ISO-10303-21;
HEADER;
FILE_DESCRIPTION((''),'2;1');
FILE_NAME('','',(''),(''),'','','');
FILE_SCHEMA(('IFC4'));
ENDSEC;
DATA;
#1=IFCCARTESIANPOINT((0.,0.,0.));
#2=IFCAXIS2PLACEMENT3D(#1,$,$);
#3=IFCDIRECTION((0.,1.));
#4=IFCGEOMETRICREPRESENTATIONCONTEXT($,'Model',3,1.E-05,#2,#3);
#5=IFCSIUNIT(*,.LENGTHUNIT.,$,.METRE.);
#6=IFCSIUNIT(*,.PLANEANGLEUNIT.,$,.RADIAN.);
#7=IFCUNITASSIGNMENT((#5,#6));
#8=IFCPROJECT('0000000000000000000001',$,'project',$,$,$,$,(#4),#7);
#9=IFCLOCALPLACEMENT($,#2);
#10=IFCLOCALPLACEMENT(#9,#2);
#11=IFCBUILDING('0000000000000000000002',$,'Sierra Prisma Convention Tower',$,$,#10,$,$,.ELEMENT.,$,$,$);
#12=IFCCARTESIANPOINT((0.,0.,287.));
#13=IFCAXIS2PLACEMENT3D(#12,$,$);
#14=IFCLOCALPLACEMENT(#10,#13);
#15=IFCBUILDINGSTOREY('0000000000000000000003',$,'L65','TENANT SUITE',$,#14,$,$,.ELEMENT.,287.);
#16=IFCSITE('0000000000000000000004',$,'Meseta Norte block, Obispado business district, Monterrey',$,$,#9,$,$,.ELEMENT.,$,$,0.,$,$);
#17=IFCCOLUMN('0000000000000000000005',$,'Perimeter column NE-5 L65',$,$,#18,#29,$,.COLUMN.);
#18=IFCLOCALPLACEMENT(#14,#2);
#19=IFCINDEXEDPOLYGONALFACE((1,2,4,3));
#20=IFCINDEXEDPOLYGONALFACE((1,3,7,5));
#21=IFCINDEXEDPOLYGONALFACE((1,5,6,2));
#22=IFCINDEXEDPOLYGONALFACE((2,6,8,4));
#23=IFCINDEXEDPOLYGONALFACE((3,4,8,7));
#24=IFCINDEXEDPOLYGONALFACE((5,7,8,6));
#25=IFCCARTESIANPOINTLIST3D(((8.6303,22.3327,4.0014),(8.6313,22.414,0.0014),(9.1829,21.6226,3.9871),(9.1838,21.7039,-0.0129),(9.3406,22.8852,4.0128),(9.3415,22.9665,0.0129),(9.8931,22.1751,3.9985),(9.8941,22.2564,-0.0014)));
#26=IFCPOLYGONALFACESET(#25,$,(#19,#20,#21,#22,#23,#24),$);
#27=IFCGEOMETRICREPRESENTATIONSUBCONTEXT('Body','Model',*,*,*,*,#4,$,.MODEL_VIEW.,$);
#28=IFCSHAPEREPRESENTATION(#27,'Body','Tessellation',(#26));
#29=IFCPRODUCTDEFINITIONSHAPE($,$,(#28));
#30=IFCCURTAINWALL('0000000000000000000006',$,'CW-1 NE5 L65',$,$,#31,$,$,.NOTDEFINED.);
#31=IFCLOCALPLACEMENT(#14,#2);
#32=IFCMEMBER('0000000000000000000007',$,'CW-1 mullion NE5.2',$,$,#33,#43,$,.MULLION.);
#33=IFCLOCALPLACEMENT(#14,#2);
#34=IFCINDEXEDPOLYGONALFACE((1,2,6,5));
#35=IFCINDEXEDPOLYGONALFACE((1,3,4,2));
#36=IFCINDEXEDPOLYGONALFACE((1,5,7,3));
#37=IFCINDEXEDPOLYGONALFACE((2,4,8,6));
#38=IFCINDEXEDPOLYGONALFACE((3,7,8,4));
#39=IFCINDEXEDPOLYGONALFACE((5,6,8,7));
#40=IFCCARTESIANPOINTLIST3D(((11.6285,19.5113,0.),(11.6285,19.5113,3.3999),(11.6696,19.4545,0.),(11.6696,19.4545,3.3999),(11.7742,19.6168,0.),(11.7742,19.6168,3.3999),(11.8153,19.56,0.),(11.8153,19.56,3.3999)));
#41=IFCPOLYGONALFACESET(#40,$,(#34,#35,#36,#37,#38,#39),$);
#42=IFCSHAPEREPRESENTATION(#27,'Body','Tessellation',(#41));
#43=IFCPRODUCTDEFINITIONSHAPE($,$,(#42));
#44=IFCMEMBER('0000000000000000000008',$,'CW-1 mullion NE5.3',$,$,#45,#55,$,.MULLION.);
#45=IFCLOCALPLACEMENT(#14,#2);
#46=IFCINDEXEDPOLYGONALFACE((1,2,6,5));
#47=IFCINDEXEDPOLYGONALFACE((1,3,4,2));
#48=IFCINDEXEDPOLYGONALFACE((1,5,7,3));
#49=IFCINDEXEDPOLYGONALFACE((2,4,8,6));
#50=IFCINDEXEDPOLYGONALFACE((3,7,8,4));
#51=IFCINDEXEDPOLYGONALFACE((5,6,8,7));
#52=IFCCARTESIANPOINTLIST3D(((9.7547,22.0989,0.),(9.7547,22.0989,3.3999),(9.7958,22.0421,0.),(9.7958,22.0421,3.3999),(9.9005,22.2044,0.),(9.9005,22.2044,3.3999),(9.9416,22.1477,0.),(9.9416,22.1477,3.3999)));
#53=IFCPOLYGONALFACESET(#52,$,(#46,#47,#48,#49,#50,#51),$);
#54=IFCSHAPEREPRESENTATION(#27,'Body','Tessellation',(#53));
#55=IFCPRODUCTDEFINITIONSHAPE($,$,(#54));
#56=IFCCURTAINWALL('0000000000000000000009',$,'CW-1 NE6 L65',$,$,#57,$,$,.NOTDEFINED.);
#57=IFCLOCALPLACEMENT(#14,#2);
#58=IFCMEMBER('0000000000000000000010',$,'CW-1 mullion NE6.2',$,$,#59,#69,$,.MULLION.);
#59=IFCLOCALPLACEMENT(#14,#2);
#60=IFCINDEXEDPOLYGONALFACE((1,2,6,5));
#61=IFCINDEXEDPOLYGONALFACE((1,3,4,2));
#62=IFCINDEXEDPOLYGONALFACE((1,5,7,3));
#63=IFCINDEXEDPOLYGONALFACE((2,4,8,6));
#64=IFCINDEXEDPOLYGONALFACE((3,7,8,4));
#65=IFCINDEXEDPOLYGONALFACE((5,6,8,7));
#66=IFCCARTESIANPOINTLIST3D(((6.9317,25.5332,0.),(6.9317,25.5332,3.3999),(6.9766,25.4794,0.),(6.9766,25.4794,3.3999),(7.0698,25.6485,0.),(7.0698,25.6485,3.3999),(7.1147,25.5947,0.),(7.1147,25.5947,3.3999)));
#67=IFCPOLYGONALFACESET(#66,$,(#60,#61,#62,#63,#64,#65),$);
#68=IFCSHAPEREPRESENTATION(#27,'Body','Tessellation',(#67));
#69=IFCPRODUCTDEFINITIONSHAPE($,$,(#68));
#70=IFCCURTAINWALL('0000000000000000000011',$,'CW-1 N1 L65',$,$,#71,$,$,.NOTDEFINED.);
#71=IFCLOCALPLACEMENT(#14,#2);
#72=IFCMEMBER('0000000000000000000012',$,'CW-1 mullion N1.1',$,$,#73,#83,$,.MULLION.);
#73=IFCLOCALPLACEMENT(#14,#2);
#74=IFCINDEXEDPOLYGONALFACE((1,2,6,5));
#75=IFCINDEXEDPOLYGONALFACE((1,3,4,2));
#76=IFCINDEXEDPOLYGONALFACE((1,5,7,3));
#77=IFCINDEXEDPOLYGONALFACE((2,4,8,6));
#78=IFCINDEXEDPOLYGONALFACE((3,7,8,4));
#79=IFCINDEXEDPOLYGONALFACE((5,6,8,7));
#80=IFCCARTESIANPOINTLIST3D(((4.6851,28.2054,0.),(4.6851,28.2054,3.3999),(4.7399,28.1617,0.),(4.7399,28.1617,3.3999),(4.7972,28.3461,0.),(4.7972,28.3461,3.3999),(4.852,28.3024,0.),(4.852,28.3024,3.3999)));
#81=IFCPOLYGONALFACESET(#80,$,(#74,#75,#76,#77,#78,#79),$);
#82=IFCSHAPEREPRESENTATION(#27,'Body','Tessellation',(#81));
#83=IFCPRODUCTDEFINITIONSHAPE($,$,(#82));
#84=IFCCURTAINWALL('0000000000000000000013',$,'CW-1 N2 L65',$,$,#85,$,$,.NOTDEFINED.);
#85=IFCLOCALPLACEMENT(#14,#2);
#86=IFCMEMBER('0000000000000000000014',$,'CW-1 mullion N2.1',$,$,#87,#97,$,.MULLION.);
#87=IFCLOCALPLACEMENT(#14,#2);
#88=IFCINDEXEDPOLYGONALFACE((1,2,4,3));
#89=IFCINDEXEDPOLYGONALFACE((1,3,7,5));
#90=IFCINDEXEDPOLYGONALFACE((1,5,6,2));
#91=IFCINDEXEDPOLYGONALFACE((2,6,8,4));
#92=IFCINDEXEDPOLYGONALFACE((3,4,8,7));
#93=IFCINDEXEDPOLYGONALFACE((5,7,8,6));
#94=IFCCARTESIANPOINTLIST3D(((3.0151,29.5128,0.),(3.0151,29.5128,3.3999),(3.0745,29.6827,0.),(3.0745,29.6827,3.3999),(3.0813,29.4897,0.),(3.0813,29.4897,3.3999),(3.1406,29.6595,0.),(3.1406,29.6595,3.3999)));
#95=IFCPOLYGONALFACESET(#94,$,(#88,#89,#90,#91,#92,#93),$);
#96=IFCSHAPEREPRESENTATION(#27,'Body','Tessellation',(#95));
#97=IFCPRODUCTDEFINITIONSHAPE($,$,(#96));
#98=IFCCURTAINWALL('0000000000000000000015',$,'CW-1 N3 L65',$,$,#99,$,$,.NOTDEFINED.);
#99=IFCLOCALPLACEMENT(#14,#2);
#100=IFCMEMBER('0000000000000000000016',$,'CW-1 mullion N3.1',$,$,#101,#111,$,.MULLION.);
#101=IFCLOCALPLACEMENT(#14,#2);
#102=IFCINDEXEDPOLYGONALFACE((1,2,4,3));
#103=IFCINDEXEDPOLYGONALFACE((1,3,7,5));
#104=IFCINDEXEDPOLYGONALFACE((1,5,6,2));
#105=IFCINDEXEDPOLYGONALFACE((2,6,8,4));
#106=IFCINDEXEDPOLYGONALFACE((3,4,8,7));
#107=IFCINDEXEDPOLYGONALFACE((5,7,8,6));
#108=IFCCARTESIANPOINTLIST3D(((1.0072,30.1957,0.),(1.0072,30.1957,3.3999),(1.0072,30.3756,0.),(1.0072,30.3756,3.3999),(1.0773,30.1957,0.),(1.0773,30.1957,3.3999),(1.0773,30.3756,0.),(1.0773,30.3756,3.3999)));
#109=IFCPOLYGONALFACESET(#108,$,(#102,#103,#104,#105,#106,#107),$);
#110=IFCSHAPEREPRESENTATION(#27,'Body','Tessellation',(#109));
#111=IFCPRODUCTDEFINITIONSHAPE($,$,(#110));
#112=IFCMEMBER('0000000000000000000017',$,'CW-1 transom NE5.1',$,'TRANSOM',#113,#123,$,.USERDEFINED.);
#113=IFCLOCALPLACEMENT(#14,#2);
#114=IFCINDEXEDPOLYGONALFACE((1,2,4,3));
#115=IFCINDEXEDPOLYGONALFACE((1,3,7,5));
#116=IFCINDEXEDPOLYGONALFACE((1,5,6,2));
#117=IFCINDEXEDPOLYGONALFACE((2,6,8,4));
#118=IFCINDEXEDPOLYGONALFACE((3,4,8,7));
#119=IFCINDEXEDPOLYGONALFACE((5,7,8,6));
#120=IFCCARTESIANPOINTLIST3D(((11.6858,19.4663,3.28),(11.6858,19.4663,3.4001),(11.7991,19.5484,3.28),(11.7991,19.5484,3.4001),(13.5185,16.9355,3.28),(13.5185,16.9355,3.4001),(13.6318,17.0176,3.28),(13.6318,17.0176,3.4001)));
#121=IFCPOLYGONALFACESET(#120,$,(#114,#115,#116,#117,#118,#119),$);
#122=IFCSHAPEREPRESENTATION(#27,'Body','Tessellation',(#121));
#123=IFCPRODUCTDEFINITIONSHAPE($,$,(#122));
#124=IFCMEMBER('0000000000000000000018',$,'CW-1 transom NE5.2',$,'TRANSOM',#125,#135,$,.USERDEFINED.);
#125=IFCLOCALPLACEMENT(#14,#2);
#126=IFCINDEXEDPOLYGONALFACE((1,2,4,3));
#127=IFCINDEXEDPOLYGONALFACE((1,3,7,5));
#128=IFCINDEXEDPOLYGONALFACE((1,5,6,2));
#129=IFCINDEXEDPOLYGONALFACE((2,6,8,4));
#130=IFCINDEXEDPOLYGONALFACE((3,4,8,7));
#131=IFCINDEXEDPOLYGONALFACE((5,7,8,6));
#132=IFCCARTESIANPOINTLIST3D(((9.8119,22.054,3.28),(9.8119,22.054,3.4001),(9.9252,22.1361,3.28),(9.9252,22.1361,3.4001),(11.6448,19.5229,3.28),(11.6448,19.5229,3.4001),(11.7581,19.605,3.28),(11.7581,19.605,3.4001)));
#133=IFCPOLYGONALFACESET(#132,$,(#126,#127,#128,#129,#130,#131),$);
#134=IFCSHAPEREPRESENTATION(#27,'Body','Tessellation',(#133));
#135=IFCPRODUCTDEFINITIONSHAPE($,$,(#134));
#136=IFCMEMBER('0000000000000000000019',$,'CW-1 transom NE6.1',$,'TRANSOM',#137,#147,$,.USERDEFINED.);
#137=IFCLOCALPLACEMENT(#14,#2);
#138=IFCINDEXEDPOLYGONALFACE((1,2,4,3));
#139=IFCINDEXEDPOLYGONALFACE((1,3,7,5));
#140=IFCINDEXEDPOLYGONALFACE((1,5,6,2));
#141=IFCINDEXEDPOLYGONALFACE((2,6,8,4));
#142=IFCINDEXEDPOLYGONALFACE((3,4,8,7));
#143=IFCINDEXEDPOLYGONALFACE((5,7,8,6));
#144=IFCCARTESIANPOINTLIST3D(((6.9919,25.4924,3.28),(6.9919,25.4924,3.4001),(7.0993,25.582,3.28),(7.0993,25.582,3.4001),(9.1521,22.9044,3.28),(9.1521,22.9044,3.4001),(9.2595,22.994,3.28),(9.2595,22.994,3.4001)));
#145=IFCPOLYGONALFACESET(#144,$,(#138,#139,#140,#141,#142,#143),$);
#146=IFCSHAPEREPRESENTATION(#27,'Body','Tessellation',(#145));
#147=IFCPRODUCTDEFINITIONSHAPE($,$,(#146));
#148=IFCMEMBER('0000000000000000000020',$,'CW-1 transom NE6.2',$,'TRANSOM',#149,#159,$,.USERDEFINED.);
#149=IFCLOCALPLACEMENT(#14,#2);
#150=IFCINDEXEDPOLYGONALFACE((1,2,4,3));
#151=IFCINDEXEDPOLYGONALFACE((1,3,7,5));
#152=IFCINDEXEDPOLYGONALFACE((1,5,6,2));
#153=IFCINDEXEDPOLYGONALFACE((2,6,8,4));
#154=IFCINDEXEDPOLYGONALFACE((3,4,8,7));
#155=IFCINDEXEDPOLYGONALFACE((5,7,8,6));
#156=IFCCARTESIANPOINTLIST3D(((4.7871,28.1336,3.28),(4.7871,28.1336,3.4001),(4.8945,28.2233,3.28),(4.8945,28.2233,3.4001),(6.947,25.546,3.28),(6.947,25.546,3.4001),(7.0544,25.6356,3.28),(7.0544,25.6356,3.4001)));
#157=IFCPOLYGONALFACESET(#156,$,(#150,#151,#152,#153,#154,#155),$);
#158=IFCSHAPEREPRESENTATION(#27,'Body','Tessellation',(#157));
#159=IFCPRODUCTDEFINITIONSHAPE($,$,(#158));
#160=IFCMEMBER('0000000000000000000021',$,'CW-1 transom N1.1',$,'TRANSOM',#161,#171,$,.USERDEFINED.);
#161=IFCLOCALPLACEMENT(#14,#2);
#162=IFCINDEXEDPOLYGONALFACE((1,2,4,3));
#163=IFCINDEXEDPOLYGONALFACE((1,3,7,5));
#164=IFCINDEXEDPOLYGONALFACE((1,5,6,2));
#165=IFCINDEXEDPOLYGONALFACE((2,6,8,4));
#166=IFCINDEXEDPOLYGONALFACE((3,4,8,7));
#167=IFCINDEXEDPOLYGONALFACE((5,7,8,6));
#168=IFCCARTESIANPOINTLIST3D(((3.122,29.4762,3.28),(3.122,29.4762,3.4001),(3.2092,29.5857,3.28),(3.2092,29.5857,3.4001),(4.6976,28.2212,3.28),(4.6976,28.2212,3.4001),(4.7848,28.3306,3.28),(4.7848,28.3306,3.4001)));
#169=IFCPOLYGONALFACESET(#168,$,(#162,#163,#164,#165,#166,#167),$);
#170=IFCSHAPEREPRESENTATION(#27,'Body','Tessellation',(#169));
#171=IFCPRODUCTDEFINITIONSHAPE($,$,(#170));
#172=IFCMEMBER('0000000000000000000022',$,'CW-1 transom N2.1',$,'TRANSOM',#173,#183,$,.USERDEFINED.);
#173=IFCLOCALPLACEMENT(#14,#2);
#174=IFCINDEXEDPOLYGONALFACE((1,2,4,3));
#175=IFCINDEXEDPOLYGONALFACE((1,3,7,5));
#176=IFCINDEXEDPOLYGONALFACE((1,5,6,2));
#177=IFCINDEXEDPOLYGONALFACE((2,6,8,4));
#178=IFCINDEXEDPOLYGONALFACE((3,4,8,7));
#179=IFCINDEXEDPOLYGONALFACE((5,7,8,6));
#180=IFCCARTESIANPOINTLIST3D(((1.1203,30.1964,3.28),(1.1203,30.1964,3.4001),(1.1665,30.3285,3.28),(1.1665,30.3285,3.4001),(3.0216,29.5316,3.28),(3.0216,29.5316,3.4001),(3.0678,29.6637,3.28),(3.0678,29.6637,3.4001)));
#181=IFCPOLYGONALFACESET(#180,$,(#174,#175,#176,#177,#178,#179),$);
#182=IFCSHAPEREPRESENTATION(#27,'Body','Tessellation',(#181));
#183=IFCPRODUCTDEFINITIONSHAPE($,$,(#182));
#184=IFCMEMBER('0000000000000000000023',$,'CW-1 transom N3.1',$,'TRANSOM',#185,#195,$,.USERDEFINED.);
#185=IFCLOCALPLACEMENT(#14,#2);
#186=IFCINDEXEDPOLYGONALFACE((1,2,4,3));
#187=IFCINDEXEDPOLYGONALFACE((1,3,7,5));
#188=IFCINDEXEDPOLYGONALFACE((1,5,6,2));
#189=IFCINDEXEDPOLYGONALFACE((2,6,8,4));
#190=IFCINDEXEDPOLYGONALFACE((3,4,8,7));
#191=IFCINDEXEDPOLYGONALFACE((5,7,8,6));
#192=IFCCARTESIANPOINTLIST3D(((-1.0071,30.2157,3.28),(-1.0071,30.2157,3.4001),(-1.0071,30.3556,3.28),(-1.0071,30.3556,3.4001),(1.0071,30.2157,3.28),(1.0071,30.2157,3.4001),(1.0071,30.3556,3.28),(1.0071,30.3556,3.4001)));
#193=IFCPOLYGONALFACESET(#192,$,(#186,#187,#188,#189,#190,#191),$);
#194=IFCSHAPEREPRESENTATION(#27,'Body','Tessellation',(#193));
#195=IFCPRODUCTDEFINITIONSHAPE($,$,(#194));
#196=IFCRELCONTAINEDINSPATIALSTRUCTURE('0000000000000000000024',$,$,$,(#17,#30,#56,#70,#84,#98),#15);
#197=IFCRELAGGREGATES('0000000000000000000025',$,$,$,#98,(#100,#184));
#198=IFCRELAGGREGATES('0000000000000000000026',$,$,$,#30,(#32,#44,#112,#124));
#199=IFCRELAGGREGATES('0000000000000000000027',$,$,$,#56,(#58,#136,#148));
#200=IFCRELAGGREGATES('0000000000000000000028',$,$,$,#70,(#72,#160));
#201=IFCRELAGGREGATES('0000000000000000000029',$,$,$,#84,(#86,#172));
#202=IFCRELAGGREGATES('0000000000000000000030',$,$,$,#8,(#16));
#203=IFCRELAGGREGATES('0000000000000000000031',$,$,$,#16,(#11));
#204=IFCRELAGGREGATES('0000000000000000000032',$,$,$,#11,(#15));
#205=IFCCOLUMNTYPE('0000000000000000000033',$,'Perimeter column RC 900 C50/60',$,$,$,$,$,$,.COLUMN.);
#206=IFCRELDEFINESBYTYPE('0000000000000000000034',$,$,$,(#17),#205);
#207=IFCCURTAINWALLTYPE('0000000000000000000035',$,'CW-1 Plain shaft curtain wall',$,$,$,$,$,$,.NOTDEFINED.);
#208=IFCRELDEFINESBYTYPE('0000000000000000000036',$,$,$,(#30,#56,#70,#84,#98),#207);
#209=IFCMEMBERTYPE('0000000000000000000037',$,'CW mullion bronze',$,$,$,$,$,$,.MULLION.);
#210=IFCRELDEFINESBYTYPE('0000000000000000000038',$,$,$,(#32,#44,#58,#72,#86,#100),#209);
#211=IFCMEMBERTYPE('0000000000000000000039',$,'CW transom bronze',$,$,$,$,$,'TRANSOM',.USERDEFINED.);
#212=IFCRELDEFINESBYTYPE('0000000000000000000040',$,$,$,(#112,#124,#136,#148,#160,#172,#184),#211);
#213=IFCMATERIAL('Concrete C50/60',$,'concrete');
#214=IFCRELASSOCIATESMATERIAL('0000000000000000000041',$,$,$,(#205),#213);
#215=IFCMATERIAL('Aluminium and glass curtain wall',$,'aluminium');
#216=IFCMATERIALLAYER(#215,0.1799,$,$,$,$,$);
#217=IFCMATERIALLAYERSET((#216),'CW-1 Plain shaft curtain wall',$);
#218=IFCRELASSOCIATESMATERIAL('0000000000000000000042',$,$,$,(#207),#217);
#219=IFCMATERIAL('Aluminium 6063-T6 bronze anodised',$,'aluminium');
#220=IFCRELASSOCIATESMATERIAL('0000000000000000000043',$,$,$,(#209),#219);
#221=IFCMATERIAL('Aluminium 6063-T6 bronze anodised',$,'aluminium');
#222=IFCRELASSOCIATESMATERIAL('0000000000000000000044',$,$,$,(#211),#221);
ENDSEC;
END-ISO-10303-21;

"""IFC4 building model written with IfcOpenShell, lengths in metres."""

from ifc_helpers import new_model, si_unit, direction, frame, origin, origin_2d, place, context, subcontext, project, spatial, rectangle, extrude, material, layer, layer_set, material_profile, profile_set, type_object, element, aggregate, save


model = new_model("IFC4")

# Units and contexts
model_context = context("Model", 3, precision=1e-05, world=origin(), true_north=direction((0.0, 1.0)))
body_context = subcontext(model_context, "Body", "Model", "MODEL_VIEW")
ifc_project = project(units=[si_unit("LENGTHUNIT", "METRE"), si_unit("PLANEANGLEUNIT", "RADIAN")], contexts=[model_context])

# Site, building, storey
site_placement = place(None, origin())
site = spatial("IfcSite", under=ifc_project, at=site_placement, Name="Meseta Norte block, Obispado business district, Monterrey", CompositionType="ELEMENT", RefElevation=0.0)
building_placement = place(site_placement, origin())
building = spatial("IfcBuilding", under=site, at=building_placement, Name="Sierra Prisma Convention Tower", CompositionType="ELEMENT")
storey_placement = place(building_placement, frame((0.0, 0.0, 287.0)))
storey = spatial("IfcBuildingStorey", under=building, at=storey_placement, Name="L65", Description="TENANT SUITE", CompositionType="ELEMENT", Elevation=287.0)

# Column
ifc_material_1 = material(Name="Concrete C50/60", Category="concrete")
ifc_material_profile_1 = material_profile(ifc_material_1, rectangle(XDim=0.8999, YDim=0.8999, at=origin_2d()), Name="Perimeter column RC 900 C50/60")
ifc_profile_set_1 = profile_set([ifc_material_profile_1], Name="Concrete C50/60")
column_type = type_object("IfcColumnType", Name="Perimeter column RC 900 C50/60", PredefinedType="COLUMN", material=ifc_profile_set_1)
column_placement = place(storey_placement, frame((9.2627, 22.3352, 0.0), z_axis=(-0.000244, -0.020321, 0.999793), x_axis=(-0.61404, 0.789115, 0.015889)))
element("IfcColumn", 1, at=column_placement, inside=storey, type_object=column_type, Name="Perimeter column NE-5 L65", PredefinedType="COLUMN", context=body_context, shape_type="SweptSolid", body=[
    extrude(rectangle(XDim=0.8999, YDim=0.8999, at=origin_2d()), origin(), (0.0, 0.0, 1.0), 4.0007),
])

# Curtain wall, members
ifc_material_2 = material(Name="Aluminium and glass curtain wall", Category="aluminium")
ifc_layer_1 = layer(ifc_material_2, 0.1799)
ifc_layer_set_1 = layer_set([ifc_layer_1], Name="CW-1 Plain shaft curtain wall")
curtain_wall_type = type_object("IfcCurtainWallType", Name="CW-1 Plain shaft curtain wall", PredefinedType="NOTDEFINED", material=ifc_layer_set_1)
curtain_wall_1_placement = place(storey_placement, origin())
curtain_wall_1 = element("IfcCurtainWall", 2, at=curtain_wall_1_placement, inside=storey, type_object=curtain_wall_type, Name="CW-1 NE5 L65", PredefinedType="NOTDEFINED")
ifc_material_3 = material(Name="Aluminium 6063-T6 bronze anodised", Category="aluminium")
ifc_material_profile_2 = material_profile(ifc_material_3, rectangle(XDim=0.1799, YDim=0.0701, at=origin_2d()), Name="ALU MULLION 70x180")
ifc_profile_set_2 = profile_set([ifc_material_profile_2], Name="Aluminium 6063-T6 bronze anodised")
member_type_1 = type_object("IfcMemberType", Name="CW mullion bronze", PredefinedType="MULLION", material=ifc_profile_set_2)
member_1_placement = place(storey_placement, frame((11.7219, 19.5356, 0.0), z_axis=(0.0, 0.0, 1.0), x_axis=(-0.809923, -0.586537, 0.0)))
member_1 = element("IfcMember", 3, at=member_1_placement, type_object=member_type_1, Name="CW-1 mullion NE5.2", PredefinedType="MULLION", context=body_context, shape_type="SweptSolid", body=[
    extrude(rectangle(XDim=0.1799, YDim=0.0701, at=origin_2d()), origin(), (0.0, 0.0, 1.0), 3.3999),
])
member_2_placement = place(storey_placement, frame((9.8481, 22.1233, 0.0), z_axis=(0.0, 0.0, 1.0), x_axis=(-0.809923, -0.586537, 0.0)))
member_2 = element("IfcMember", 4, at=member_2_placement, type_object=member_type_1, Name="CW-1 mullion NE5.3", PredefinedType="MULLION", context=body_context, shape_type="SweptSolid", body=[
    extrude(rectangle(XDim=0.1799, YDim=0.0701, at=origin_2d()), origin(), (0.0, 0.0, 1.0), 3.3999),
])

# Curtain walls, members
curtain_wall_2_placement = place(storey_placement, origin())
curtain_wall_2 = element("IfcCurtainWall", 5, at=curtain_wall_2_placement, inside=storey, type_object=curtain_wall_type, Name="CW-1 NE6 L65", PredefinedType="NOTDEFINED")
member_3_placement = place(storey_placement, frame((7.0232, 25.564, 0.0), z_axis=(0.0, 0.0, 1.0), x_axis=(-0.767694, -0.640816, 0.0)))
member_3 = element("IfcMember", 6, at=member_3_placement, type_object=member_type_1, Name="CW-1 mullion NE6.2", PredefinedType="MULLION", context=body_context, shape_type="SweptSolid", body=[
    extrude(rectangle(XDim=0.1799, YDim=0.0701, at=origin_2d()), origin(), (0.0, 0.0, 1.0), 3.3999),
])
curtain_wall_3_placement = place(storey_placement, origin())
curtain_wall_3 = element("IfcCurtainWall", 7, at=curtain_wall_3_placement, inside=storey, type_object=curtain_wall_type, Name="CW-1 N1 L65", PredefinedType="NOTDEFINED")
member_4_placement = place(storey_placement, frame((4.7686, 28.2539, 0.0), z_axis=(0.0, 0.0, 1.0), x_axis=(-0.62308, -0.782158, 0.0)))
member_4 = element("IfcMember", 8, at=member_4_placement, type_object=member_type_1, Name="CW-1 mullion N1.1", PredefinedType="MULLION", context=body_context, shape_type="SweptSolid", body=[
    extrude(rectangle(XDim=0.1799, YDim=0.0701, at=origin_2d()), origin(), (0.0, 0.0, 1.0), 3.3999),
])
curtain_wall_4_placement = place(storey_placement, origin())
curtain_wall_4 = element("IfcCurtainWall", 9, at=curtain_wall_4_placement, inside=storey, type_object=curtain_wall_type, Name="CW-1 N2 L65", PredefinedType="NOTDEFINED")
member_5_placement = place(storey_placement, frame((3.0779, 29.5862, 0.0), z_axis=(0.0, 0.0, 1.0), x_axis=(-0.330032, -0.94397, 0.0)))
member_5 = element("IfcMember", 10, at=member_5_placement, type_object=member_type_1, Name="CW-1 mullion N2.1", PredefinedType="MULLION", context=body_context, shape_type="SweptSolid", body=[
    extrude(rectangle(XDim=0.1799, YDim=0.0701, at=origin_2d()), origin(), (0.0, 0.0, 1.0), 3.3999),
])
curtain_wall_5_placement = place(storey_placement, origin())
curtain_wall_5 = element("IfcCurtainWall", 11, at=curtain_wall_5_placement, inside=storey, type_object=curtain_wall_type, Name="CW-1 N3 L65", PredefinedType="NOTDEFINED")
member_6_placement = place(storey_placement, frame((1.0422, 30.2856, 0.0), z_axis=(0.0, 0.0, 1.0), x_axis=(0.0, -1.0, 0.0)))
member_6 = element("IfcMember", 12, at=member_6_placement, type_object=member_type_1, Name="CW-1 mullion N3.1", PredefinedType="MULLION", context=body_context, shape_type="SweptSolid", body=[
    extrude(rectangle(XDim=0.1799, YDim=0.0701, at=origin_2d()), origin(), (0.0, 0.0, 1.0), 3.3999),
])

# Members
ifc_material_4 = material(Name="Aluminium 6063-T6 bronze anodised", Category="aluminium")
ifc_material_profile_3 = material_profile(ifc_material_4, rectangle(XDim=0.1399, YDim=0.1201, at=origin_2d()), Name="ALU TRANSOM 120x140")
ifc_profile_set_3 = profile_set([ifc_material_profile_3], Name="Aluminium 6063-T6 bronze anodised")
member_type_2 = type_object("IfcMemberType", Name="CW transom bronze", ElementType="TRANSOM", PredefinedType="USERDEFINED", material=ifc_profile_set_3)
member_7_placement = place(storey_placement, frame((13.5752, 16.9766, 3.3401), z_axis=(-0.58654, 0.80992, 0.0), x_axis=(-0.80992, -0.58654, 0.0)))
member_7 = element("IfcMember", 13, at=member_7_placement, type_object=member_type_2, Name="CW-1 transom NE5.1", ObjectType="TRANSOM", PredefinedType="USERDEFINED", context=body_context, shape_type="SweptSolid", body=[
    extrude(rectangle(XDim=0.1399, YDim=0.1201, at=origin_2d()), origin(), (0.0, 0.0, 1.0), 3.1248),
])
member_8_placement = place(storey_placement, frame((11.7014, 19.564, 3.3401), z_axis=(-0.586503, 0.809947, 0.0), x_axis=(-0.809947, -0.586503, 0.0)))
member_8 = element("IfcMember", 14, at=member_8_placement, type_object=member_type_2, Name="CW-1 transom NE5.2", ObjectType="TRANSOM", PredefinedType="USERDEFINED", context=body_context, shape_type="SweptSolid", body=[
    extrude(rectangle(XDim=0.1399, YDim=0.1201, at=origin_2d()), origin(), (0.0, 0.0, 1.0), 3.125),
])
member_9_placement = place(storey_placement, frame((9.2058, 22.9492, 3.3401), z_axis=(-0.640811, 0.767699, 0.0), x_axis=(-0.767699, -0.640811, 0.0)))
member_9 = element("IfcMember", 15, at=member_9_placement, type_object=member_type_2, Name="CW-1 transom NE6.1", ObjectType="TRANSOM", PredefinedType="USERDEFINED", context=body_context, shape_type="SweptSolid", body=[
    extrude(rectangle(XDim=0.1399, YDim=0.1201, at=origin_2d()), origin(), (0.0, 0.0, 1.0), 3.3711),
])
member_10_placement = place(storey_placement, frame((7.0007, 25.5908, 3.3401), z_axis=(-0.640804, 0.767705, 0.0), x_axis=(-0.767705, -0.640804, 0.0)))
member_10 = element("IfcMember", 16, at=member_10_placement, type_object=member_type_2, Name="CW-1 transom NE6.2", ObjectType="TRANSOM", PredefinedType="USERDEFINED", context=body_context, shape_type="SweptSolid", body=[
    extrude(rectangle(XDim=0.1399, YDim=0.1201, at=origin_2d()), origin(), (0.0, 0.0, 1.0), 3.3706),
])
member_11_placement = place(storey_placement, frame((4.7412, 28.2759, 3.3401), z_axis=(-0.78218, 0.623053, 0.0), x_axis=(-0.623053, -0.78218, 0.0)))
member_11 = element("IfcMember", 17, at=member_11_placement, type_object=member_type_2, Name="CW-1 transom N1.1", ObjectType="TRANSOM", PredefinedType="USERDEFINED", context=body_context, shape_type="SweptSolid", body=[
    extrude(rectangle(XDim=0.1399, YDim=0.1201, at=origin_2d()), origin(), (0.0, 0.0, 1.0), 2.0144),
])
member_12_placement = place(storey_placement, frame((3.0447, 29.5977, 3.3401), z_axis=(-0.943964, 0.330048, 0.0), x_axis=(-0.330048, -0.943964, 0.0)))
member_12 = element("IfcMember", 18, at=member_12_placement, type_object=member_type_2, Name="CW-1 transom N2.1", ObjectType="TRANSOM", PredefinedType="USERDEFINED", context=body_context, shape_type="SweptSolid", body=[
    extrude(rectangle(XDim=0.1399, YDim=0.1201, at=origin_2d()), origin(), (0.0, 0.0, 1.0), 2.0142),
])
member_13_placement = place(storey_placement, frame((1.0071, 30.2856, 3.3401), z_axis=(-1.0, 0.0, 0.0), x_axis=(0.0, -1.0, 0.0)))
member_13 = element("IfcMember", 19, at=member_13_placement, type_object=member_type_2, Name="CW-1 transom N3.1", ObjectType="TRANSOM", PredefinedType="USERDEFINED", context=body_context, shape_type="SweptSolid", body=[
    extrude(rectangle(XDim=0.1399, YDim=0.1201, at=origin_2d()), origin(), (0.0, 0.0, 1.0), 2.0142),
])
aggregate(curtain_wall_5, [member_6, member_13])

aggregate(curtain_wall_1, [member_1, member_2, member_7, member_8])
aggregate(curtain_wall_2, [member_3, member_9, member_10])
aggregate(curtain_wall_3, [member_4, member_11])
aggregate(curtain_wall_4, [member_5, member_12])

save(model, "model.ifc")
